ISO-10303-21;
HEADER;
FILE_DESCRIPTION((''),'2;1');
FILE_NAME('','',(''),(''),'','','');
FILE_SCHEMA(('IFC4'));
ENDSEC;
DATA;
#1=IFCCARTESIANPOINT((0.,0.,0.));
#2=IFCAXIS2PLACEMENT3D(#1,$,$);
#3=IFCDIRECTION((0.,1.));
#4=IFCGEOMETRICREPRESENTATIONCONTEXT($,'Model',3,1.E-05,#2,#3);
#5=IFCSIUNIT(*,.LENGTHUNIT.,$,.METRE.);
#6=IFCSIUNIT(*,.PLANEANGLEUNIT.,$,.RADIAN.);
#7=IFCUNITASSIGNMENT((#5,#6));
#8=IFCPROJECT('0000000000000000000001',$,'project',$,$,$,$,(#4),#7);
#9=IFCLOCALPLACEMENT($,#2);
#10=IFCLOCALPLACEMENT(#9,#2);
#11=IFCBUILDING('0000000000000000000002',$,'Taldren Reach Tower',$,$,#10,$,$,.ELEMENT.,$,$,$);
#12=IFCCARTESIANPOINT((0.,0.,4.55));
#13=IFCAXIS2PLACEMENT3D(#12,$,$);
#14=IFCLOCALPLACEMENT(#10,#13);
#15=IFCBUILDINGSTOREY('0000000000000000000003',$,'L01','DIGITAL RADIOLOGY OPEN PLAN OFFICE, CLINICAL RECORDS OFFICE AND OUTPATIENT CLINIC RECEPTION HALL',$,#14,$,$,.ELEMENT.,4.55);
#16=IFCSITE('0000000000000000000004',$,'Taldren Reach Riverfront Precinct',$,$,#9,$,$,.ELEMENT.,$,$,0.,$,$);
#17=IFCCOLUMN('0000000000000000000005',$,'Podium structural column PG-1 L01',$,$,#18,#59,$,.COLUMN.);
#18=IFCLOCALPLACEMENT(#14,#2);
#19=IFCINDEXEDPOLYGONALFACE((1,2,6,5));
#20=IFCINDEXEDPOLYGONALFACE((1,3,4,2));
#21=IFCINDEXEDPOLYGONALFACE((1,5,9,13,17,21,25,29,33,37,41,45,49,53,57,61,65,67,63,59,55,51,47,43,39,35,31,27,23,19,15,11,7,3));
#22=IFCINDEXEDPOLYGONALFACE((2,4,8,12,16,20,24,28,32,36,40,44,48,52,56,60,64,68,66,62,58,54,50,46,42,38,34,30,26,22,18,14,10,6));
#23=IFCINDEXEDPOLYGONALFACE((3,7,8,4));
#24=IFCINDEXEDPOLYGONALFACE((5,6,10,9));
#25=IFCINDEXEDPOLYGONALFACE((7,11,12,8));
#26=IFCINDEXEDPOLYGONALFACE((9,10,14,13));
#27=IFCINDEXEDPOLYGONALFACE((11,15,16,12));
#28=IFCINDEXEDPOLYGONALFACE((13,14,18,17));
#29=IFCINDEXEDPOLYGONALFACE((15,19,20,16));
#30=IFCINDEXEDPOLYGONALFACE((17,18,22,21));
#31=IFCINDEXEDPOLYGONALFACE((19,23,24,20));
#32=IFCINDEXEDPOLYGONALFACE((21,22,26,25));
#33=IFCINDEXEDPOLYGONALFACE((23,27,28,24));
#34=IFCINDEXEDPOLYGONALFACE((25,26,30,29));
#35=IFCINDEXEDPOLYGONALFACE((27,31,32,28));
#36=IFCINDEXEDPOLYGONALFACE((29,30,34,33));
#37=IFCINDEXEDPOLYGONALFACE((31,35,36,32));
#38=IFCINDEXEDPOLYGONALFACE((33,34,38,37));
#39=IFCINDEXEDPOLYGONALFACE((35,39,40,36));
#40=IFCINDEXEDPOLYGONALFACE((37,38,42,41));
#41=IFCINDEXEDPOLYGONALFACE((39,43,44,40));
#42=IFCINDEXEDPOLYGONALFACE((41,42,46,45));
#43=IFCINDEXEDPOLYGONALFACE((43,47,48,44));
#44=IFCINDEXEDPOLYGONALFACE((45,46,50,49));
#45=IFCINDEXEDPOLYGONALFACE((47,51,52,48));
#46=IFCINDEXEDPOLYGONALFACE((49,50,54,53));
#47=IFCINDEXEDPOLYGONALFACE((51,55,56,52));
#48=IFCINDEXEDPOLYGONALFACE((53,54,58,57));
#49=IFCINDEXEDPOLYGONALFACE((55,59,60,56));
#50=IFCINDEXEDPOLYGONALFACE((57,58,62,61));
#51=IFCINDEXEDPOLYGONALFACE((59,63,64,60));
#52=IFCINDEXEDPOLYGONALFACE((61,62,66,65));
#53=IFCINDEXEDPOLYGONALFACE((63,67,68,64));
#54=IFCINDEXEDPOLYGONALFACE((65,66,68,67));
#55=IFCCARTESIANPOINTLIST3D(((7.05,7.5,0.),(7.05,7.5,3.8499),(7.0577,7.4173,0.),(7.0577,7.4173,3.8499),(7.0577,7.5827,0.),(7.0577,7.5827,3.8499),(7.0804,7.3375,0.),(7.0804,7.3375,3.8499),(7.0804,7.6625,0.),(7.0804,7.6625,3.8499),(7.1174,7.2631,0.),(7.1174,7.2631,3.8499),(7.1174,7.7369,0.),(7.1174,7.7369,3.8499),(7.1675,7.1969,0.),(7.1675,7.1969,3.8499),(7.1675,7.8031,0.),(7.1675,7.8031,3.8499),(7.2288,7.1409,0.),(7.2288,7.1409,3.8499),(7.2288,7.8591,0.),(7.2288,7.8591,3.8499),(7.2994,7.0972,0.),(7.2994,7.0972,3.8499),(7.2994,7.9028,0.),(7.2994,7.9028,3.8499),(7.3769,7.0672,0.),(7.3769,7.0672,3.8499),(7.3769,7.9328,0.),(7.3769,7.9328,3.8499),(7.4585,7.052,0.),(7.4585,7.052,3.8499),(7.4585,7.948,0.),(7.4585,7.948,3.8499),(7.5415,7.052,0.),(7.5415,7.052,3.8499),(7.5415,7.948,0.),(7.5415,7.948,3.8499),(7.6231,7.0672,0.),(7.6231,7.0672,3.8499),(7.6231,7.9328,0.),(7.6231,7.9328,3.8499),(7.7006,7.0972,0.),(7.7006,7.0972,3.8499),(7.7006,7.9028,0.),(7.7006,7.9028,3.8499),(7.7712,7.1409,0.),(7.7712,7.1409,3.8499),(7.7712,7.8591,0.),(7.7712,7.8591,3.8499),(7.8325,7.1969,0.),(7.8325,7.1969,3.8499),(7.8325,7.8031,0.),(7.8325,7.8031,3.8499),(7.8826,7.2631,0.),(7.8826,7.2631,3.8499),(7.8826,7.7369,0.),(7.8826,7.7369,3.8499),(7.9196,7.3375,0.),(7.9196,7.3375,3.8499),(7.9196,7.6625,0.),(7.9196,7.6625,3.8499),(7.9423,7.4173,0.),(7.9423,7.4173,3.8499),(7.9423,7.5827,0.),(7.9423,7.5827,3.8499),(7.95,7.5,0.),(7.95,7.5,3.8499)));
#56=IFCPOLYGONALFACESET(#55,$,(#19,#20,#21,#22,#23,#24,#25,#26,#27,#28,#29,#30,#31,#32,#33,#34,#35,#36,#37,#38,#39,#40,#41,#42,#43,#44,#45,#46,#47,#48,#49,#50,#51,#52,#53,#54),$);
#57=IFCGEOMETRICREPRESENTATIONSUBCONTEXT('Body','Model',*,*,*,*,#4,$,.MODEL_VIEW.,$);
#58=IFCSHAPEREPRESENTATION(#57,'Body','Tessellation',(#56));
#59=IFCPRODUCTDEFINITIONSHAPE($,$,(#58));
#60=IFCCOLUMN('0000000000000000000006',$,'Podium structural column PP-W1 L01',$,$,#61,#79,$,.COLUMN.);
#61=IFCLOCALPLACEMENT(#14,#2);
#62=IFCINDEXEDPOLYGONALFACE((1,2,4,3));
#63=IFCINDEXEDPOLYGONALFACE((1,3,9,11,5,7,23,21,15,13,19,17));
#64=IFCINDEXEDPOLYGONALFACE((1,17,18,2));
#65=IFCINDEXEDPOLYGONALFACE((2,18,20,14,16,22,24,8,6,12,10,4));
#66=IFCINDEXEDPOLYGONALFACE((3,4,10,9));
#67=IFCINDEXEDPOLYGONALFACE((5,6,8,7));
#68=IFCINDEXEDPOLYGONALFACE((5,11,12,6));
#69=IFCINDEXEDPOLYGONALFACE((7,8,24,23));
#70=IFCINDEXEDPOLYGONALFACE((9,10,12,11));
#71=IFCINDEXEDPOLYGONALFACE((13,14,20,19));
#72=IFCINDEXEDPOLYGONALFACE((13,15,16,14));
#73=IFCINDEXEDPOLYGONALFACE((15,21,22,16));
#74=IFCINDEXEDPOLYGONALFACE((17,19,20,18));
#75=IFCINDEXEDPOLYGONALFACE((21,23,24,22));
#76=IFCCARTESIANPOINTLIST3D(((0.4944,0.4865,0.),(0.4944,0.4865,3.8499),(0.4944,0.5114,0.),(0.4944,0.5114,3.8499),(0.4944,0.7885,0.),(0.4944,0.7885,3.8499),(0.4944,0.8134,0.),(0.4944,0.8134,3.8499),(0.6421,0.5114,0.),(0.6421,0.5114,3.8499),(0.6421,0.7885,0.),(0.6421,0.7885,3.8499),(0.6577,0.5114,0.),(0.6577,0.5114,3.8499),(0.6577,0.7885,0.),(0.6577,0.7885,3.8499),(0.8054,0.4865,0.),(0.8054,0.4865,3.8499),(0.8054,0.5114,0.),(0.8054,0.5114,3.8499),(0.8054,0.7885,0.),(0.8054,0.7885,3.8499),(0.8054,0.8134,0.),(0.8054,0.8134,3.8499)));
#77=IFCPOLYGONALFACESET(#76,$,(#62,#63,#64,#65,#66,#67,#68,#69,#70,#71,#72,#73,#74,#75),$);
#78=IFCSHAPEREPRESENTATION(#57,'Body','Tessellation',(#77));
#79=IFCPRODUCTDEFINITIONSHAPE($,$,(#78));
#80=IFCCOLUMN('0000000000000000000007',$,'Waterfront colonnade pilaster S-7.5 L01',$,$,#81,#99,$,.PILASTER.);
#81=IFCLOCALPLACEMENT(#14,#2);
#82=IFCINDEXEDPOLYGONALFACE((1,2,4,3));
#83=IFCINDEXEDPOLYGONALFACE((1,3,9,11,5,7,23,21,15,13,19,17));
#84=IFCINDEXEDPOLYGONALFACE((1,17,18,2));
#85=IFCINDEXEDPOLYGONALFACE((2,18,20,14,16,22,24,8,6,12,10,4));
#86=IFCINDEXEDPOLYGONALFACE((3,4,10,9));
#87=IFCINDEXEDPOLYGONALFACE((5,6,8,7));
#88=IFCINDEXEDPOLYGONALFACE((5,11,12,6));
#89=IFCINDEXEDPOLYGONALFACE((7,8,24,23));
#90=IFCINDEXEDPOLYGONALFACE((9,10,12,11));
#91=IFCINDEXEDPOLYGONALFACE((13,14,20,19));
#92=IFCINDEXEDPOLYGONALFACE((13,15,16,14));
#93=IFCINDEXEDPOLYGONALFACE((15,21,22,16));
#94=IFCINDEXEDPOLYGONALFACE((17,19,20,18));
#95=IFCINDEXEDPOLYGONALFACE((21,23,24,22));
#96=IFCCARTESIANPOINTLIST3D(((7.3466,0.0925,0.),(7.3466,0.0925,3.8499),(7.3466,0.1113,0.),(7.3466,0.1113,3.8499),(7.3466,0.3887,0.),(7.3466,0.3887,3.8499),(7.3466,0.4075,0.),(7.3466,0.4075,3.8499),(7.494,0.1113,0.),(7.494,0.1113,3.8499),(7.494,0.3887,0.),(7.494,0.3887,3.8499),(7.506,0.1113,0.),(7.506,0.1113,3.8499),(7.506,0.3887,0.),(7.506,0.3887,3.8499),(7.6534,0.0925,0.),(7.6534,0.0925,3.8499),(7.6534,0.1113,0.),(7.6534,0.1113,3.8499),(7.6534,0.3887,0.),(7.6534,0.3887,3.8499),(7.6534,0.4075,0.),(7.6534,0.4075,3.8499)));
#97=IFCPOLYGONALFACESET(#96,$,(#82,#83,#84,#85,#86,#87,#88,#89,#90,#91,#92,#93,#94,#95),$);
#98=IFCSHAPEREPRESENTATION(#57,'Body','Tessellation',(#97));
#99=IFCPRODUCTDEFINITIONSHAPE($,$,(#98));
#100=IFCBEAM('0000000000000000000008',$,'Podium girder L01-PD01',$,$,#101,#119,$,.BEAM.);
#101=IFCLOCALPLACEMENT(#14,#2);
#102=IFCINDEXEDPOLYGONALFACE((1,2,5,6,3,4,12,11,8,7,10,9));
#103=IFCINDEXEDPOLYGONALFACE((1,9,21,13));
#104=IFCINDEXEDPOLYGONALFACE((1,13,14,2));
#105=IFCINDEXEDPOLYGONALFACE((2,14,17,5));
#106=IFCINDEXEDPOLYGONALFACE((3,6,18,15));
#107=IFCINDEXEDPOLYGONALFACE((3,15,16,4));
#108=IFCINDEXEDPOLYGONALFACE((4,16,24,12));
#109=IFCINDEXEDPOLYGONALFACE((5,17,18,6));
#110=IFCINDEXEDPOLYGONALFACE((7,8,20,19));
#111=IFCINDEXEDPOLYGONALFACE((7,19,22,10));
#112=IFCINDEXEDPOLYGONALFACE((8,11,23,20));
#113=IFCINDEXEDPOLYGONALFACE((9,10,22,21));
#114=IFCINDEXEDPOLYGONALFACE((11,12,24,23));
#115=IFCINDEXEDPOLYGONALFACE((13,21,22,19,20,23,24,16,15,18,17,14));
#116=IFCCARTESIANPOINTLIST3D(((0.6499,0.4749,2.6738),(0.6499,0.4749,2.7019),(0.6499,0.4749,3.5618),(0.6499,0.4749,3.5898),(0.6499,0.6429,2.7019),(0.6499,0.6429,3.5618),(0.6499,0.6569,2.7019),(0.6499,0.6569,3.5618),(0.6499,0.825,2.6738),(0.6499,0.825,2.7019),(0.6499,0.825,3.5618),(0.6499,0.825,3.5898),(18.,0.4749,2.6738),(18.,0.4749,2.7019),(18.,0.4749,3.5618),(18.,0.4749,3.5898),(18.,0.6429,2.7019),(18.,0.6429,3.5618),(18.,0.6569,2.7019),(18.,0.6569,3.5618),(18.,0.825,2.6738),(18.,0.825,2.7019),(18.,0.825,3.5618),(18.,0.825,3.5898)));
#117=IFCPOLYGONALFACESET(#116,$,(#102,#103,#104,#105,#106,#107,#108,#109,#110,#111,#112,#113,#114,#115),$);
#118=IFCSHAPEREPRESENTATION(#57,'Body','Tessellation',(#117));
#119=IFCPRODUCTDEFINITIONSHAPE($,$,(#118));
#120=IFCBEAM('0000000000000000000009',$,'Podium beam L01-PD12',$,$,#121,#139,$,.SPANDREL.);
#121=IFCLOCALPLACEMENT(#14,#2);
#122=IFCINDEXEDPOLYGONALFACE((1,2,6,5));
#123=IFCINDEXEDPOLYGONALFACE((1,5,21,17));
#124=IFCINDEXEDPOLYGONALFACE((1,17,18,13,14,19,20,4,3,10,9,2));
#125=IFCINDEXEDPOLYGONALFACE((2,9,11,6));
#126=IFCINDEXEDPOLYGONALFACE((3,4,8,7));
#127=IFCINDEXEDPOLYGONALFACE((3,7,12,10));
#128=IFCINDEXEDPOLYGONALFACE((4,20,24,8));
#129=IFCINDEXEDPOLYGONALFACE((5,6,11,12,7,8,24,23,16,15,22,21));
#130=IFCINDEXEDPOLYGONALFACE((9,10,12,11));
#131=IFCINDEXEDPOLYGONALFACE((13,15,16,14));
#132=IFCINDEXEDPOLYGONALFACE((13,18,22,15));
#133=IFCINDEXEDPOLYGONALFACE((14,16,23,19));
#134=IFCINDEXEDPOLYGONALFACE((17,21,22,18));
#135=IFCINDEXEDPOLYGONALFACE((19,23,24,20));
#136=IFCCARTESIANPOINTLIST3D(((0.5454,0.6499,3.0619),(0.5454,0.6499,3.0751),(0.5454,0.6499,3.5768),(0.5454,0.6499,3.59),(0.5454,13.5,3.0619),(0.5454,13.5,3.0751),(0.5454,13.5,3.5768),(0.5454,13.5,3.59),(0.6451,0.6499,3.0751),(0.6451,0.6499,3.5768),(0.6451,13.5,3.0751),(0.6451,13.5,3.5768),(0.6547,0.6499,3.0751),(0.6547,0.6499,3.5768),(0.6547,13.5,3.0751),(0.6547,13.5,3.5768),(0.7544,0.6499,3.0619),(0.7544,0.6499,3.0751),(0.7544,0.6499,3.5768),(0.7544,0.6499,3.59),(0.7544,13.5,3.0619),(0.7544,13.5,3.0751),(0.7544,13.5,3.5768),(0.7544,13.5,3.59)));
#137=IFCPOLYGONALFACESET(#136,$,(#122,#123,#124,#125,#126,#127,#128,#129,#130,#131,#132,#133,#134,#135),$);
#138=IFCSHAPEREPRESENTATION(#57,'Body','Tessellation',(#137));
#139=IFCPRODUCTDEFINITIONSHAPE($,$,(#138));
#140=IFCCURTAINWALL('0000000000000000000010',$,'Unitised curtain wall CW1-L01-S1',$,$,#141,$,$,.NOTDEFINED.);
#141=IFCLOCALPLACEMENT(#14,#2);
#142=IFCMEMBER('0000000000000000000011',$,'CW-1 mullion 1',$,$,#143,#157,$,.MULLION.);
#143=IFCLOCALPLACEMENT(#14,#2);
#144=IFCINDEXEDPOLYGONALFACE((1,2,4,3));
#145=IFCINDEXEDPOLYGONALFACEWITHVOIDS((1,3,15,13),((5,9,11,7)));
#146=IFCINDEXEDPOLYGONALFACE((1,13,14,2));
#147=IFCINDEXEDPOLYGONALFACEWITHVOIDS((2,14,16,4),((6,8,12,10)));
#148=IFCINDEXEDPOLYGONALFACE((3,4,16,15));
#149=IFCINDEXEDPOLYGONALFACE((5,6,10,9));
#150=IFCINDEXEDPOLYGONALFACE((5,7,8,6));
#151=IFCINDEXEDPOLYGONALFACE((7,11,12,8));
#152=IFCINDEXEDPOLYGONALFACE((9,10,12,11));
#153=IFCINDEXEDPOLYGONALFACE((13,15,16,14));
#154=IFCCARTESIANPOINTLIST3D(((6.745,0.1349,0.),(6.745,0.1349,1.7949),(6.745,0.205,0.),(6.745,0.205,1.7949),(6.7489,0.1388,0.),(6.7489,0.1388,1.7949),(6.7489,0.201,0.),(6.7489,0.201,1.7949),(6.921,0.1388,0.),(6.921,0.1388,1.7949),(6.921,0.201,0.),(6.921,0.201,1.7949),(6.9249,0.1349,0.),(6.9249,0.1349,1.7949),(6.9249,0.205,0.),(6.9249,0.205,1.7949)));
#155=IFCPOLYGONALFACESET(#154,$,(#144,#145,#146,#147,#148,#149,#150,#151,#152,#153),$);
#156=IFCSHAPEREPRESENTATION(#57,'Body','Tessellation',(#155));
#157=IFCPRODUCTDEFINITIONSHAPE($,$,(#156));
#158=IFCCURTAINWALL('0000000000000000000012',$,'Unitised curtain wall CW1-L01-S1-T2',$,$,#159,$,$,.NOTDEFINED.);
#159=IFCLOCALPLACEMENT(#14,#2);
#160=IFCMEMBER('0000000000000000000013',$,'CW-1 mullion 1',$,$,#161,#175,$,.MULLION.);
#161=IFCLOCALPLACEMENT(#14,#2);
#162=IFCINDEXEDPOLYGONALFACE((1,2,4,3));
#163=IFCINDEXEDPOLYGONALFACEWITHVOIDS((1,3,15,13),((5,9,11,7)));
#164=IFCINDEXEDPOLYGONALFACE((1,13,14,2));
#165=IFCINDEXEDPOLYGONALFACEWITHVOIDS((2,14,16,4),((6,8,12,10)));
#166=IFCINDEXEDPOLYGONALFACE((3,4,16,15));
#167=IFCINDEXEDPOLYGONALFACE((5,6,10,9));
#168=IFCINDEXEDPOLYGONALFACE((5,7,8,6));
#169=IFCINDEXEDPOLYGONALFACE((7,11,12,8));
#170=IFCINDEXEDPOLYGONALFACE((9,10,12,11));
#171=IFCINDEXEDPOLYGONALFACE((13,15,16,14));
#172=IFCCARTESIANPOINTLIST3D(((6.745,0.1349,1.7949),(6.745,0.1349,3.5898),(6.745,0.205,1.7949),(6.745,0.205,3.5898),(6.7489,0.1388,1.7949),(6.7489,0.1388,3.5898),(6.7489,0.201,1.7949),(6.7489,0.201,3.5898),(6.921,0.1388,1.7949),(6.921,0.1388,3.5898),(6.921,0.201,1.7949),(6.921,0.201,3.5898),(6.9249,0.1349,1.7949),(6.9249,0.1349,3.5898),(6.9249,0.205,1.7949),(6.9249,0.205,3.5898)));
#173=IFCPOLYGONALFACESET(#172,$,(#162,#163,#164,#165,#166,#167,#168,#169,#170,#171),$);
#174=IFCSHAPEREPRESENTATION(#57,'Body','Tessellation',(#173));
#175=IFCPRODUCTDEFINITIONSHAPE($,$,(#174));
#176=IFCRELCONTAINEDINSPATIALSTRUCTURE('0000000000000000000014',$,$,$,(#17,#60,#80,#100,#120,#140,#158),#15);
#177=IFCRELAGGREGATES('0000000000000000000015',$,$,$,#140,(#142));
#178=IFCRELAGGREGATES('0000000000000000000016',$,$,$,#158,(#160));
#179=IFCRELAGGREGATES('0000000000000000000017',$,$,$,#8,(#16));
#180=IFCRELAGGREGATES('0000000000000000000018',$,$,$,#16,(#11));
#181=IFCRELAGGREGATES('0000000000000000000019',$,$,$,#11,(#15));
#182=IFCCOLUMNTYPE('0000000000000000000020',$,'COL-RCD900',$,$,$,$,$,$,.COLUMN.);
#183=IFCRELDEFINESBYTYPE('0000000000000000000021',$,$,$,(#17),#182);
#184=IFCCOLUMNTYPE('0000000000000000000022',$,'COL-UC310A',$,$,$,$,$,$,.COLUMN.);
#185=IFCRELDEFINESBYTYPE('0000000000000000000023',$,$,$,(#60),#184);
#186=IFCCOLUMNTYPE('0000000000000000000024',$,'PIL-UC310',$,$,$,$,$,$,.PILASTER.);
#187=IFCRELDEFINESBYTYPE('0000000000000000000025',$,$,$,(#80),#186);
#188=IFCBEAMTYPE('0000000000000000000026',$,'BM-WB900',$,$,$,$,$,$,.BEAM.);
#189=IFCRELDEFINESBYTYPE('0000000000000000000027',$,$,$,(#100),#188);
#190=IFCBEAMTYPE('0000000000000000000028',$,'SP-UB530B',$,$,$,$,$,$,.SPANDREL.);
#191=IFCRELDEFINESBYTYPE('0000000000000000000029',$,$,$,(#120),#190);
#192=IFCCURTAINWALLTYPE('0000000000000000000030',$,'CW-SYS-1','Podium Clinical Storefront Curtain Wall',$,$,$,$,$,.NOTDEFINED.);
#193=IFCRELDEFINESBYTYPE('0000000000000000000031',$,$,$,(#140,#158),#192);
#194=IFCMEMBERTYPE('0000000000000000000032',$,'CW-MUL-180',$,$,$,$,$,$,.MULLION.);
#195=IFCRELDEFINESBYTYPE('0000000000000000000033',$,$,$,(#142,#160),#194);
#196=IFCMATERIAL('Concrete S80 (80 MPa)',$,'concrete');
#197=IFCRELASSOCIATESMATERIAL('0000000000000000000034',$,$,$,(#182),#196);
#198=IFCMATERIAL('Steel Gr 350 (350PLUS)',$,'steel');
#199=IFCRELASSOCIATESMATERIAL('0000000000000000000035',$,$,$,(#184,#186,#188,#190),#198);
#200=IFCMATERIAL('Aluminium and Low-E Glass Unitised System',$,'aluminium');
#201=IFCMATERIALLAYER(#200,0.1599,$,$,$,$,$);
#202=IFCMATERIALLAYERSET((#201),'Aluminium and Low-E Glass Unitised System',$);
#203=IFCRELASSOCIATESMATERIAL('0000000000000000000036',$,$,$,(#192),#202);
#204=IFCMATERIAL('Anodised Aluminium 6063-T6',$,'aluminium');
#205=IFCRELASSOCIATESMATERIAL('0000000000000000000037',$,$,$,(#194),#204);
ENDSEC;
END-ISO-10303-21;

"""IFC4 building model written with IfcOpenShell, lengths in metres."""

from ifc_helpers import new_model, si_unit, direction, frame, origin, origin_2d, place, context, subcontext, project, spatial, hollow_rectangle, circle, i_section, extrude, source, transform, mapped, material, layer, layer_set, material_profile, profile_set, type_object, element, aggregate, save


model = new_model("IFC4")

# Units and contexts
model_context = context("Model", 3, precision=1e-05, world=origin(), true_north=direction((0.0, 1.0)))
body_context = subcontext(model_context, "Body", "Model", "MODEL_VIEW")
ifc_project = project(units=[si_unit("LENGTHUNIT", "METRE"), si_unit("PLANEANGLEUNIT", "RADIAN")], contexts=[model_context])

# Site, building, storey
site_placement = place(None, origin())
site = spatial("IfcSite", under=ifc_project, at=site_placement, Name="Taldren Reach Riverfront Precinct", CompositionType="ELEMENT", RefElevation=0.0)
building_placement = place(site_placement, origin())
building = spatial("IfcBuilding", under=site, at=building_placement, Name="Taldren Reach Tower", CompositionType="ELEMENT")
storey_placement = place(building_placement, frame((0.0, 0.0, 4.55)))
storey = spatial("IfcBuildingStorey", under=building, at=storey_placement, Name="L01", Description="DIGITAL RADIOLOGY OPEN PLAN OFFICE, CLINICAL RECORDS OFFICE AND OUTPATIENT CLINIC RECEPTION HALL", CompositionType="ELEMENT", Elevation=4.55)

# Columns
ifc_material_1 = material(Name="Concrete S80 (80 MPa)", Category="concrete")
ifc_material_profile_1 = material_profile(ifc_material_1, circle(Radius=0.45, at=origin_2d()), Name="RC-900D")
ifc_profile_set_1 = profile_set([ifc_material_profile_1], Name="Concrete S80 (80 MPa)")
column_type_1 = type_object("IfcColumnType", Name="COL-RCD900", PredefinedType="COLUMN", material=ifc_profile_set_1)
shared_shape_1 = source(origin(), body_context, "Body", "SweptSolid", [
    extrude(circle(Radius=0.45, at=origin_2d()), origin(), (0.0, 0.0, 1.0), 3.8499),
])
column_1_placement = place(storey_placement, frame((7.5, 7.5, 0.0), z_axis=(0.0, 0.0, 1.0), x_axis=(1.0, 0.0, 0.0)))
element("IfcColumn", 1, at=column_1_placement, inside=storey, type_object=column_type_1, Name="Podium structural column PG-1 L01", PredefinedType="COLUMN", context=body_context, shape_type="MappedRepresentation", body=[
    mapped(shared_shape_1, transform((0.0, 0.0, 0.0), scale=1.0)),
])
ifc_material_2 = material(Name="Steel Gr 350 (350PLUS)", Category="steel")
ifc_material_profile_2 = material_profile(ifc_material_2, i_section(OverallWidth=0.311, OverallDepth=0.3269, WebThickness=0.0156, FlangeThickness=0.0249, at=origin_2d()), Name="310UC158")
ifc_profile_set_2 = profile_set([ifc_material_profile_2], Name="Steel Gr 350 (350PLUS)")
column_type_2 = type_object("IfcColumnType", Name="COL-UC310A", PredefinedType="COLUMN", material=ifc_profile_set_2)
shared_shape_2 = source(origin(), body_context, "Body", "SweptSolid", [
    extrude(i_section(OverallWidth=0.311, OverallDepth=0.3269, WebThickness=0.0156, FlangeThickness=0.0249, at=origin_2d()), origin(), (0.0, 0.0, 1.0), 3.8499),
])
column_2_placement = place(storey_placement, frame((0.6499, 0.6499, 0.0), z_axis=(0.0, 0.0, 1.0), x_axis=(1.0, 0.0, 0.0)))
element("IfcColumn", 2, at=column_2_placement, inside=storey, type_object=column_type_2, Name="Podium structural column PP-W1 L01", PredefinedType="COLUMN", context=body_context, shape_type="MappedRepresentation", body=[
    mapped(shared_shape_2, transform((0.0, 0.0, 0.0), scale=1.0)),
])
ifc_material_profile_3 = material_profile(ifc_material_2, i_section(OverallWidth=0.3069, OverallDepth=0.3149, WebThickness=0.012, FlangeThickness=0.0188, at=origin_2d()), Name="310UC118")
ifc_profile_set_3 = profile_set([ifc_material_profile_3], Name="Steel Gr 350 (350PLUS)")
column_type_3 = type_object("IfcColumnType", Name="PIL-UC310", PredefinedType="PILASTER", material=ifc_profile_set_3)
shared_shape_3 = source(origin(), body_context, "Body", "SweptSolid", [
    extrude(i_section(OverallWidth=0.3069, OverallDepth=0.3149, WebThickness=0.012, FlangeThickness=0.0188, at=origin_2d()), origin(), (0.0, 0.0, 1.0), 3.8499),
])
column_3_placement = place(storey_placement, frame((7.5, 0.25, 0.0), z_axis=(0.0, 0.0, 1.0), x_axis=(1.0, 0.0, 0.0)))
element("IfcColumn", 3, at=column_3_placement, inside=storey, type_object=column_type_3, Name="Waterfront colonnade pilaster S-7.5 L01", PredefinedType="PILASTER", context=body_context, shape_type="MappedRepresentation", body=[
    mapped(shared_shape_3, transform((0.0, 0.0, 0.0), scale=1.0)),
])

# Beams
ifc_material_profile_4 = material_profile(ifc_material_2, i_section(OverallWidth=0.3501, OverallDepth=0.916, WebThickness=0.0139, FlangeThickness=0.0281, at=origin_2d()), Name="900WB257")
ifc_profile_set_4 = profile_set([ifc_material_profile_4], Name="Steel Gr 350 (350PLUS)")
beam_type_1 = type_object("IfcBeamType", Name="BM-WB900", PredefinedType="BEAM", material=ifc_profile_set_4)
shared_shape_4 = source(origin(), body_context, "Body", "SweptSolid", [
    extrude(i_section(OverallWidth=0.3501, OverallDepth=0.916, WebThickness=0.0139, FlangeThickness=0.0281, at=origin_2d()), origin(), (0.0, 0.0, 1.0), 17.3501),
])
beam_1_placement = place(storey_placement, frame((0.6499, 0.6499, 3.1318), z_axis=(1.0, 0.0, 0.0), x_axis=(0.0, 1.0, 0.0)))
element("IfcBeam", 4, at=beam_1_placement, inside=storey, type_object=beam_type_1, Name="Podium girder L01-PD01", PredefinedType="BEAM", context=body_context, shape_type="MappedRepresentation", body=[
    mapped(shared_shape_4, transform((0.0, 0.0, 0.0), scale=1.0)),
])
ifc_material_profile_5 = material_profile(ifc_material_2, i_section(OverallWidth=0.209, OverallDepth=0.5281, WebThickness=0.0095, FlangeThickness=0.0132, at=origin_2d()), Name="530UB82.0")
ifc_profile_set_5 = profile_set([ifc_material_profile_5], Name="Steel Gr 350 (350PLUS)")
beam_type_2 = type_object("IfcBeamType", Name="SP-UB530B", PredefinedType="SPANDREL", material=ifc_profile_set_5)
shared_shape_5 = source(origin(), body_context, "Body", "SweptSolid", [
    extrude(i_section(OverallWidth=0.209, OverallDepth=0.5281, WebThickness=0.0095, FlangeThickness=0.0132, at=origin_2d()), origin(), (0.0, 0.0, 1.0), 12.8501),
])
beam_2_placement = place(storey_placement, frame((0.6499, 0.6499, 3.3259), z_axis=(0.0, 1.0, 0.0), x_axis=(-1.0, 0.0, 0.0)))
element("IfcBeam", 5, at=beam_2_placement, inside=storey, type_object=beam_type_2, Name="Podium beam L01-PD12", PredefinedType="SPANDREL", context=body_context, shape_type="MappedRepresentation", body=[
    mapped(shared_shape_5, transform((0.0, 0.0, 0.0), scale=1.0)),
])

# Curtain walls, members
ifc_material_3 = material(Name="Aluminium and Low-E Glass Unitised System", Category="aluminium")
ifc_layer_1 = layer(ifc_material_3, 0.1599)
ifc_layer_set_1 = layer_set([ifc_layer_1], Name="Aluminium and Low-E Glass Unitised System")
curtain_wall_type = type_object("IfcCurtainWallType", Name="CW-SYS-1", Description="Podium Clinical Storefront Curtain Wall", PredefinedType="NOTDEFINED", material=ifc_layer_set_1)
curtain_wall_1_placement = place(storey_placement, origin())
curtain_wall_1 = element("IfcCurtainWall", 6, at=curtain_wall_1_placement, inside=storey, type_object=curtain_wall_type, Name="Unitised curtain wall CW1-L01-S1", PredefinedType="NOTDEFINED")
ifc_material_4 = material(Name="Anodised Aluminium 6063-T6", Category="aluminium")
ifc_material_profile_6 = material_profile(ifc_material_4, hollow_rectangle(XDim=0.0701, YDim=0.1799, WallThickness=0.0039, at=origin_2d()), Name="ALU-180x70x4RHS")
ifc_profile_set_6 = profile_set([ifc_material_profile_6], Name="Anodised Aluminium 6063-T6")
member_type_1 = type_object("IfcMemberType", Name="CW-MUL-180", PredefinedType="MULLION", material=ifc_profile_set_6)
shared_shape_6 = source(origin(), body_context, "Body", "SweptSolid", [
    extrude(hollow_rectangle(XDim=0.0701, YDim=0.1799, WallThickness=0.0039, at=origin_2d()), origin(), (0.0, 0.0, 1.0), 1.7949),
])
member_1_placement = place(storey_placement, frame((6.835, 0.1699, 0.0), z_axis=(0.0, 0.0, 1.0), x_axis=(0.0, 1.0, 0.0)))
member_1 = element("IfcMember", 7, at=member_1_placement, type_object=member_type_1, Name="CW-1 mullion 1", PredefinedType="MULLION", context=body_context, shape_type="MappedRepresentation", body=[
    mapped(shared_shape_6, transform((0.0, 0.0, 0.0), scale=1.0)),
])
curtain_wall_2_placement = place(storey_placement, origin())
curtain_wall_2 = element("IfcCurtainWall", 8, at=curtain_wall_2_placement, inside=storey, type_object=curtain_wall_type, Name="Unitised curtain wall CW1-L01-S1-T2", PredefinedType="NOTDEFINED")
member_2_placement = place(storey_placement, frame((6.835, 0.1699, 1.7949), z_axis=(0.0, 0.0, 1.0), x_axis=(0.0, 1.0, 0.0)))
member_2 = element("IfcMember", 9, at=member_2_placement, type_object=member_type_1, Name="CW-1 mullion 1", PredefinedType="MULLION", context=body_context, shape_type="MappedRepresentation", body=[
    mapped(shared_shape_6, transform((0.0, 0.0, 0.0), scale=1.0)),
])

aggregate(curtain_wall_1, [member_1])
aggregate(curtain_wall_2, [member_2])

save(model, "model.ifc")
